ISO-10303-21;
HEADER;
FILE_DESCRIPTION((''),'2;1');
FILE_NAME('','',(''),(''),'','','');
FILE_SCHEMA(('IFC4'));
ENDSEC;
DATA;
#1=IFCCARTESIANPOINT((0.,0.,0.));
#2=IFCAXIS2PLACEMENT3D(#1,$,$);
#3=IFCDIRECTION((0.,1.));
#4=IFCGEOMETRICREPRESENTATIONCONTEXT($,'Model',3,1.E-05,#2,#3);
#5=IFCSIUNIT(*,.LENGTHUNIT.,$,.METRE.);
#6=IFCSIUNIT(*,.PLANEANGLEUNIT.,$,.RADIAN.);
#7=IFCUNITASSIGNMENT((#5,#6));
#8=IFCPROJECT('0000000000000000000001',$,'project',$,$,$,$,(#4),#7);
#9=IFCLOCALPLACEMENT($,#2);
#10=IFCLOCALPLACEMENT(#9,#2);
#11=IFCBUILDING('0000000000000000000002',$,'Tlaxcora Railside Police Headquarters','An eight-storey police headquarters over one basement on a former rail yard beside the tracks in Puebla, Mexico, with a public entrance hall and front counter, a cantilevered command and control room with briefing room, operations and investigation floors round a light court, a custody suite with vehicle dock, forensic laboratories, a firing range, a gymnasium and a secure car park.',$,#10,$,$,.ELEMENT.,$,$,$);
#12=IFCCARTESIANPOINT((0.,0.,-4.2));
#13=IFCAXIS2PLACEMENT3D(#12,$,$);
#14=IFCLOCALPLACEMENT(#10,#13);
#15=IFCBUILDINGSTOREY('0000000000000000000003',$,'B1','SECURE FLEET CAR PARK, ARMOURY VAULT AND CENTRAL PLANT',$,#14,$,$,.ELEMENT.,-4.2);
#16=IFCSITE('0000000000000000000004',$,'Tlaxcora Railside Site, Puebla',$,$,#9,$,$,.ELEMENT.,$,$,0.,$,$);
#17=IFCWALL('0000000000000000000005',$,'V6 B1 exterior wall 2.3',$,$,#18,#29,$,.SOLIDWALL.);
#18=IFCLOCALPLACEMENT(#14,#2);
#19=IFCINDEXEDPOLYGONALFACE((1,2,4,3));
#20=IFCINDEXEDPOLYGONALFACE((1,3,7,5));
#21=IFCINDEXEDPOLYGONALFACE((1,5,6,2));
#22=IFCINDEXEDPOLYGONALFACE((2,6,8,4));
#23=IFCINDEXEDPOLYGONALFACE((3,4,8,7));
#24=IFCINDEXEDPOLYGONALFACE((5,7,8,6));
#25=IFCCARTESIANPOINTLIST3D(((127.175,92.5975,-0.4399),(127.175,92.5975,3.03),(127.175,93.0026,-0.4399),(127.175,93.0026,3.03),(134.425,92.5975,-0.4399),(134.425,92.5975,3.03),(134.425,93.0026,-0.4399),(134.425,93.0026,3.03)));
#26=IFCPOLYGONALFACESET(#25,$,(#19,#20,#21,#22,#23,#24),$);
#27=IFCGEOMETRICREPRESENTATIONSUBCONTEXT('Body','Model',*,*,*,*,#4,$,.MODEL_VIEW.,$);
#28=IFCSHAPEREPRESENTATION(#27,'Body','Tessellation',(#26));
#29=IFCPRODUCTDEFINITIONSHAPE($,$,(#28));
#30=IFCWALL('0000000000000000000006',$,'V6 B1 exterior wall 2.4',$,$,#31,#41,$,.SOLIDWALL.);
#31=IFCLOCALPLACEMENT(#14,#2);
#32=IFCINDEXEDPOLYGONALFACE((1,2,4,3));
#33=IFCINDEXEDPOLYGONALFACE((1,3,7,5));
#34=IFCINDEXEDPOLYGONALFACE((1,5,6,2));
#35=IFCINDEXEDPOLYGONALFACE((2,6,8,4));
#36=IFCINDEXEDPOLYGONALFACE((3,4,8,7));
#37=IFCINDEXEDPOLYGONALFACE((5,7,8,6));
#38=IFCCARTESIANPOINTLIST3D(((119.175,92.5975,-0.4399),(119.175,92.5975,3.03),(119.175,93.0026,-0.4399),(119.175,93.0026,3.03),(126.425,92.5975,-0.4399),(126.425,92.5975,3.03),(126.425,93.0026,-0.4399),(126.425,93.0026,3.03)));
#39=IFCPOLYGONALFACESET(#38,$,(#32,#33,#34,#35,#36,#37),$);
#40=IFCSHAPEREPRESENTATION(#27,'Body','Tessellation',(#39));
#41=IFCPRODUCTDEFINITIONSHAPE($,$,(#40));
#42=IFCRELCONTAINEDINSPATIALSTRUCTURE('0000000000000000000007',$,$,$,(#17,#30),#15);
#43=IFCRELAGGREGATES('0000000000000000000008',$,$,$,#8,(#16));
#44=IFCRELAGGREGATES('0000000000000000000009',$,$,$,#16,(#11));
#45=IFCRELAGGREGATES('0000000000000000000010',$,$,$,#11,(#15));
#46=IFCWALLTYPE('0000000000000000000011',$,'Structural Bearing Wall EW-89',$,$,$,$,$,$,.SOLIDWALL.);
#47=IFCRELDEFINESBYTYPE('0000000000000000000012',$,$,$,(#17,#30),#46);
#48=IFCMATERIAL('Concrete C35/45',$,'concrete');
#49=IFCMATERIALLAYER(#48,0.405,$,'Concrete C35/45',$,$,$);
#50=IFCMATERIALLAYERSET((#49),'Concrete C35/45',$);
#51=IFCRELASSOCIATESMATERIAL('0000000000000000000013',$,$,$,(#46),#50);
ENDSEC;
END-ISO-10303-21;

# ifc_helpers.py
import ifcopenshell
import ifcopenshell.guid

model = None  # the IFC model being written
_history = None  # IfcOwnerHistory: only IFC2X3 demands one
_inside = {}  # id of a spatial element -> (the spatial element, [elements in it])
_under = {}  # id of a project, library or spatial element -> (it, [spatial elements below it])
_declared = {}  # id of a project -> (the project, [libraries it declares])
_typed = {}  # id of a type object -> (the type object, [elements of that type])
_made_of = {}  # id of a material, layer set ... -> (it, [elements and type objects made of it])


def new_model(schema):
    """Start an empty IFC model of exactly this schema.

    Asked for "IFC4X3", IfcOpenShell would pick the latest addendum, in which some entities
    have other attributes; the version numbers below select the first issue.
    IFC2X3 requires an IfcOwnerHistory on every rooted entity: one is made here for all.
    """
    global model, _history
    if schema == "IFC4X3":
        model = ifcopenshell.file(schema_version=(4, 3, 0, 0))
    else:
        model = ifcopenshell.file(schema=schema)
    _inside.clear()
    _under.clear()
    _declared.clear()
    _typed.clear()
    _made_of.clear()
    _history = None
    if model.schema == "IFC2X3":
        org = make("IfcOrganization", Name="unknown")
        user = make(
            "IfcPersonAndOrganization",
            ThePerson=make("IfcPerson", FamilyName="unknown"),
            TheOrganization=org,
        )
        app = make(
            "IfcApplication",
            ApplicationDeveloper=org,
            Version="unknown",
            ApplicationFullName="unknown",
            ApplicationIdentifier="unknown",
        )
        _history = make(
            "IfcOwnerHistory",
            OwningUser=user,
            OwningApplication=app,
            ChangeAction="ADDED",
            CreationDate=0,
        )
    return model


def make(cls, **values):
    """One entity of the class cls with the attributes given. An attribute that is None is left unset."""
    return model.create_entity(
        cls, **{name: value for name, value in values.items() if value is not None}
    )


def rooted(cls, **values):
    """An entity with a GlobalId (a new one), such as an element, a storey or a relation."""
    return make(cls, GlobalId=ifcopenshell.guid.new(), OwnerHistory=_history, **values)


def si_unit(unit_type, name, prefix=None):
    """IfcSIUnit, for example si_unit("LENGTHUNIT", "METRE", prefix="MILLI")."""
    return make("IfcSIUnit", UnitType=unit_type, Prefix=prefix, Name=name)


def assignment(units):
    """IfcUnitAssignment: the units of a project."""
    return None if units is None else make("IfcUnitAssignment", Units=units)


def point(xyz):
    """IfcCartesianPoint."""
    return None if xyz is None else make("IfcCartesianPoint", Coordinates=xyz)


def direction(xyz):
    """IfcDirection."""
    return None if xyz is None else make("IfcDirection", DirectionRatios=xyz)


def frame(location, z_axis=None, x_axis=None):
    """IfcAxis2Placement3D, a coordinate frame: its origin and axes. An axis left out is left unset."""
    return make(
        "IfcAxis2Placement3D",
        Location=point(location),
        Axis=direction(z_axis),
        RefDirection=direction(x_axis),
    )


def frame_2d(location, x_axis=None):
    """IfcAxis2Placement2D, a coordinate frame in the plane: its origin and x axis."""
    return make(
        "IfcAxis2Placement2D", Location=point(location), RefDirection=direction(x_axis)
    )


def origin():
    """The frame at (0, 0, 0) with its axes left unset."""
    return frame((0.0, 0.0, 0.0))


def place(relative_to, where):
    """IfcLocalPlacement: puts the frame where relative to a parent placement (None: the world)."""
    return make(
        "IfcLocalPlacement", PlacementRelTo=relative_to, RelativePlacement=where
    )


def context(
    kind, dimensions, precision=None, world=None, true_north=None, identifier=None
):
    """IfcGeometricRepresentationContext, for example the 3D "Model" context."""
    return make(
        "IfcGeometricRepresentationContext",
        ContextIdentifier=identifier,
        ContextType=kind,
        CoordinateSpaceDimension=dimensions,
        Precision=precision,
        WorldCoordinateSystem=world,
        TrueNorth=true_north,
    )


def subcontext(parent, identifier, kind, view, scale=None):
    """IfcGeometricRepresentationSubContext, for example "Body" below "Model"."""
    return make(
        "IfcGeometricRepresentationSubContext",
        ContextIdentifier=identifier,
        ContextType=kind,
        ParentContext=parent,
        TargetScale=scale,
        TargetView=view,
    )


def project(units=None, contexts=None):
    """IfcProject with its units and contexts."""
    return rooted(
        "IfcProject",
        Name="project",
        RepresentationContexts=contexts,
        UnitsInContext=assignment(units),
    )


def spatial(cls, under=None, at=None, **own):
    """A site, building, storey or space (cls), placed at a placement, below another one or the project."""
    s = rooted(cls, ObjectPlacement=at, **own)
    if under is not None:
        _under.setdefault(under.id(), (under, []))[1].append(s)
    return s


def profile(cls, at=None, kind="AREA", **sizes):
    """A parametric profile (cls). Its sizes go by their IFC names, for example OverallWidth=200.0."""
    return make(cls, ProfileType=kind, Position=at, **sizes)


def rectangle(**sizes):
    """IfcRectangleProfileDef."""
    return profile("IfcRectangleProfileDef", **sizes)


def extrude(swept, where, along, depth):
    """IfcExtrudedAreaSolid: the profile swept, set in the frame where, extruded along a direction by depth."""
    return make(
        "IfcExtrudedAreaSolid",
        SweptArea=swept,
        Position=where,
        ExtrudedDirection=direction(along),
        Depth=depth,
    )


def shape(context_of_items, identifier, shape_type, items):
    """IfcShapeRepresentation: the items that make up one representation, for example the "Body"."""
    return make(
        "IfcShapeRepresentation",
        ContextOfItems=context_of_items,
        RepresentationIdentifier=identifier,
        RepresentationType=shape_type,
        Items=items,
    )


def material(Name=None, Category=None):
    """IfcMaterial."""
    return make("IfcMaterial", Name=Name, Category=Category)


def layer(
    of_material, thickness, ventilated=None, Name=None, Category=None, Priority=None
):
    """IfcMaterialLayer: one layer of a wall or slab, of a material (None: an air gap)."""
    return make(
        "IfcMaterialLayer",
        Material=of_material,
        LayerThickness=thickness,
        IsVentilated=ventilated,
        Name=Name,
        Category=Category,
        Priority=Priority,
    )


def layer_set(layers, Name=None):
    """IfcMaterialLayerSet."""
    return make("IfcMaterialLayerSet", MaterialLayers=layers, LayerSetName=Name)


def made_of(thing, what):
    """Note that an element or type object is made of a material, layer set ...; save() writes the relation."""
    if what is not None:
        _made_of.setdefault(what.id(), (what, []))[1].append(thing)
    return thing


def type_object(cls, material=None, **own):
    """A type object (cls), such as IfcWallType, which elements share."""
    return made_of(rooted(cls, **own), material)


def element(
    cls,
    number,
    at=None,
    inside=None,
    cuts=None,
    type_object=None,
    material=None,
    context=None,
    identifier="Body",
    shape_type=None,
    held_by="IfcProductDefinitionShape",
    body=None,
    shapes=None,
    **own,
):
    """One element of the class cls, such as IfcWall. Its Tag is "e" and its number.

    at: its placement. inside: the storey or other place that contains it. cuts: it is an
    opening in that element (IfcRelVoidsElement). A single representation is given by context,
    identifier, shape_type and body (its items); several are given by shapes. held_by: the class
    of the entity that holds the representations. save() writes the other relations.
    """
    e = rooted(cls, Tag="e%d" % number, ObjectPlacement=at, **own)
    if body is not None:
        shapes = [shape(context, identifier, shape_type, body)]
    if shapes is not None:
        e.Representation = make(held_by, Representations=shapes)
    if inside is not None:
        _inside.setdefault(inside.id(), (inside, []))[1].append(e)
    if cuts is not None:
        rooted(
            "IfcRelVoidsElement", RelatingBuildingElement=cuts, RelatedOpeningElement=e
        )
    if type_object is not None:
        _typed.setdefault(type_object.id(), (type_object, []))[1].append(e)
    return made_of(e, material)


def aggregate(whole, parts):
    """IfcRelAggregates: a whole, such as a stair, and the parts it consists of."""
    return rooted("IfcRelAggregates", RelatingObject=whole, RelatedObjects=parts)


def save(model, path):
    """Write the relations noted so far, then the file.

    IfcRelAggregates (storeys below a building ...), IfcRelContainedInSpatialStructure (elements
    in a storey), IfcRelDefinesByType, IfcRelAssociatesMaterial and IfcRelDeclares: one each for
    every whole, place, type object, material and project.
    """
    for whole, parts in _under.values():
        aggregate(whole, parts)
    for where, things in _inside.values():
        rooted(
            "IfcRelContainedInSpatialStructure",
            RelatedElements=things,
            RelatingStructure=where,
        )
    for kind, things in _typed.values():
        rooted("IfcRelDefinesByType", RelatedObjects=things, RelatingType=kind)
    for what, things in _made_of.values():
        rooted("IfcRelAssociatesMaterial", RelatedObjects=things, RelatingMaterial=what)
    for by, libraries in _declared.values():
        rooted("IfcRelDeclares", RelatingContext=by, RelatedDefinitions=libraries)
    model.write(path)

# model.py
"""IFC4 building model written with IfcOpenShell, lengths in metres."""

from ifc_helpers import new_model, si_unit, direction, frame, frame_2d, origin, place, context, subcontext, project, spatial, rectangle, extrude, material, layer, layer_set, type_object, element, save


model = new_model("IFC4")

# Units and contexts
model_context = context("Model", 3, precision=1e-05, world=origin(), true_north=direction((0.0, 1.0)))
body_context = subcontext(model_context, "Body", "Model", "MODEL_VIEW")
ifc_project = project(units=[si_unit("LENGTHUNIT", "METRE"), si_unit("PLANEANGLEUNIT", "RADIAN")], contexts=[model_context])

# Site, building, storey
site_placement = place(None, origin())
site = spatial("IfcSite", under=ifc_project, at=site_placement, Name="Tlaxcora Railside Site, Puebla", CompositionType="ELEMENT", RefElevation=0.0)
building_placement = place(site_placement, origin())
building = spatial("IfcBuilding", under=site, at=building_placement, Name="Tlaxcora Railside Police Headquarters", Description="An eight-storey police headquarters over one basement on a former rail yard beside the tracks in Puebla, Mexico, with a public entrance hall and front counter, a cantilevered command and control room with briefing room, operations and investigation floors round a light court, a custody suite with vehicle dock, forensic laboratories, a firing range, a gymnasium and a secure car park.", CompositionType="ELEMENT")
storey_placement = place(building_placement, frame((0.0, 0.0, -4.2)))
storey = spatial("IfcBuildingStorey", under=building, at=storey_placement, Name="B1", Description="SECURE FLEET CAR PARK, ARMOURY VAULT AND CENTRAL PLANT", CompositionType="ELEMENT", Elevation=-4.2)

# Shared definitions
ifc_material_1 = material(Name="Concrete C35/45", Category="concrete")

# Walls
ifc_layer_1 = layer(ifc_material_1, 0.405, Name="Concrete C35/45")
ifc_layer_set_1 = layer_set([ifc_layer_1], Name="Concrete C35/45")
wall_type = type_object("IfcWallType", Name="Structural Bearing Wall EW-89", PredefinedType="SOLIDWALL", material=ifc_layer_set_1)
for number, where, z_axis, x_axis, name in (
    (1, (134.425, 92.8, -0.4399), (0.0, 0.0, 1.0), (-1.0, 0.0, 0.0), "V6 B1 exterior wall 2.3"),
    (2, (126.425, 92.8, -0.4399), (0.0, 0.0, 1.0), (-1.0, 0.0, 0.0), "V6 B1 exterior wall 2.4"),
):
    element("IfcWall", number, at=place(storey_placement, frame(where, z_axis=z_axis, x_axis=x_axis)), inside=storey, type_object=wall_type, Name=name, PredefinedType="SOLIDWALL", context=body_context, shape_type="SweptSolid", body=[
        extrude(rectangle(XDim=7.25, YDim=0.405, at=frame_2d((3.625, 0.0))), origin(), (0.0, 0.0, 1.0), 3.47),
    ])

save(model, "model.ifc")
